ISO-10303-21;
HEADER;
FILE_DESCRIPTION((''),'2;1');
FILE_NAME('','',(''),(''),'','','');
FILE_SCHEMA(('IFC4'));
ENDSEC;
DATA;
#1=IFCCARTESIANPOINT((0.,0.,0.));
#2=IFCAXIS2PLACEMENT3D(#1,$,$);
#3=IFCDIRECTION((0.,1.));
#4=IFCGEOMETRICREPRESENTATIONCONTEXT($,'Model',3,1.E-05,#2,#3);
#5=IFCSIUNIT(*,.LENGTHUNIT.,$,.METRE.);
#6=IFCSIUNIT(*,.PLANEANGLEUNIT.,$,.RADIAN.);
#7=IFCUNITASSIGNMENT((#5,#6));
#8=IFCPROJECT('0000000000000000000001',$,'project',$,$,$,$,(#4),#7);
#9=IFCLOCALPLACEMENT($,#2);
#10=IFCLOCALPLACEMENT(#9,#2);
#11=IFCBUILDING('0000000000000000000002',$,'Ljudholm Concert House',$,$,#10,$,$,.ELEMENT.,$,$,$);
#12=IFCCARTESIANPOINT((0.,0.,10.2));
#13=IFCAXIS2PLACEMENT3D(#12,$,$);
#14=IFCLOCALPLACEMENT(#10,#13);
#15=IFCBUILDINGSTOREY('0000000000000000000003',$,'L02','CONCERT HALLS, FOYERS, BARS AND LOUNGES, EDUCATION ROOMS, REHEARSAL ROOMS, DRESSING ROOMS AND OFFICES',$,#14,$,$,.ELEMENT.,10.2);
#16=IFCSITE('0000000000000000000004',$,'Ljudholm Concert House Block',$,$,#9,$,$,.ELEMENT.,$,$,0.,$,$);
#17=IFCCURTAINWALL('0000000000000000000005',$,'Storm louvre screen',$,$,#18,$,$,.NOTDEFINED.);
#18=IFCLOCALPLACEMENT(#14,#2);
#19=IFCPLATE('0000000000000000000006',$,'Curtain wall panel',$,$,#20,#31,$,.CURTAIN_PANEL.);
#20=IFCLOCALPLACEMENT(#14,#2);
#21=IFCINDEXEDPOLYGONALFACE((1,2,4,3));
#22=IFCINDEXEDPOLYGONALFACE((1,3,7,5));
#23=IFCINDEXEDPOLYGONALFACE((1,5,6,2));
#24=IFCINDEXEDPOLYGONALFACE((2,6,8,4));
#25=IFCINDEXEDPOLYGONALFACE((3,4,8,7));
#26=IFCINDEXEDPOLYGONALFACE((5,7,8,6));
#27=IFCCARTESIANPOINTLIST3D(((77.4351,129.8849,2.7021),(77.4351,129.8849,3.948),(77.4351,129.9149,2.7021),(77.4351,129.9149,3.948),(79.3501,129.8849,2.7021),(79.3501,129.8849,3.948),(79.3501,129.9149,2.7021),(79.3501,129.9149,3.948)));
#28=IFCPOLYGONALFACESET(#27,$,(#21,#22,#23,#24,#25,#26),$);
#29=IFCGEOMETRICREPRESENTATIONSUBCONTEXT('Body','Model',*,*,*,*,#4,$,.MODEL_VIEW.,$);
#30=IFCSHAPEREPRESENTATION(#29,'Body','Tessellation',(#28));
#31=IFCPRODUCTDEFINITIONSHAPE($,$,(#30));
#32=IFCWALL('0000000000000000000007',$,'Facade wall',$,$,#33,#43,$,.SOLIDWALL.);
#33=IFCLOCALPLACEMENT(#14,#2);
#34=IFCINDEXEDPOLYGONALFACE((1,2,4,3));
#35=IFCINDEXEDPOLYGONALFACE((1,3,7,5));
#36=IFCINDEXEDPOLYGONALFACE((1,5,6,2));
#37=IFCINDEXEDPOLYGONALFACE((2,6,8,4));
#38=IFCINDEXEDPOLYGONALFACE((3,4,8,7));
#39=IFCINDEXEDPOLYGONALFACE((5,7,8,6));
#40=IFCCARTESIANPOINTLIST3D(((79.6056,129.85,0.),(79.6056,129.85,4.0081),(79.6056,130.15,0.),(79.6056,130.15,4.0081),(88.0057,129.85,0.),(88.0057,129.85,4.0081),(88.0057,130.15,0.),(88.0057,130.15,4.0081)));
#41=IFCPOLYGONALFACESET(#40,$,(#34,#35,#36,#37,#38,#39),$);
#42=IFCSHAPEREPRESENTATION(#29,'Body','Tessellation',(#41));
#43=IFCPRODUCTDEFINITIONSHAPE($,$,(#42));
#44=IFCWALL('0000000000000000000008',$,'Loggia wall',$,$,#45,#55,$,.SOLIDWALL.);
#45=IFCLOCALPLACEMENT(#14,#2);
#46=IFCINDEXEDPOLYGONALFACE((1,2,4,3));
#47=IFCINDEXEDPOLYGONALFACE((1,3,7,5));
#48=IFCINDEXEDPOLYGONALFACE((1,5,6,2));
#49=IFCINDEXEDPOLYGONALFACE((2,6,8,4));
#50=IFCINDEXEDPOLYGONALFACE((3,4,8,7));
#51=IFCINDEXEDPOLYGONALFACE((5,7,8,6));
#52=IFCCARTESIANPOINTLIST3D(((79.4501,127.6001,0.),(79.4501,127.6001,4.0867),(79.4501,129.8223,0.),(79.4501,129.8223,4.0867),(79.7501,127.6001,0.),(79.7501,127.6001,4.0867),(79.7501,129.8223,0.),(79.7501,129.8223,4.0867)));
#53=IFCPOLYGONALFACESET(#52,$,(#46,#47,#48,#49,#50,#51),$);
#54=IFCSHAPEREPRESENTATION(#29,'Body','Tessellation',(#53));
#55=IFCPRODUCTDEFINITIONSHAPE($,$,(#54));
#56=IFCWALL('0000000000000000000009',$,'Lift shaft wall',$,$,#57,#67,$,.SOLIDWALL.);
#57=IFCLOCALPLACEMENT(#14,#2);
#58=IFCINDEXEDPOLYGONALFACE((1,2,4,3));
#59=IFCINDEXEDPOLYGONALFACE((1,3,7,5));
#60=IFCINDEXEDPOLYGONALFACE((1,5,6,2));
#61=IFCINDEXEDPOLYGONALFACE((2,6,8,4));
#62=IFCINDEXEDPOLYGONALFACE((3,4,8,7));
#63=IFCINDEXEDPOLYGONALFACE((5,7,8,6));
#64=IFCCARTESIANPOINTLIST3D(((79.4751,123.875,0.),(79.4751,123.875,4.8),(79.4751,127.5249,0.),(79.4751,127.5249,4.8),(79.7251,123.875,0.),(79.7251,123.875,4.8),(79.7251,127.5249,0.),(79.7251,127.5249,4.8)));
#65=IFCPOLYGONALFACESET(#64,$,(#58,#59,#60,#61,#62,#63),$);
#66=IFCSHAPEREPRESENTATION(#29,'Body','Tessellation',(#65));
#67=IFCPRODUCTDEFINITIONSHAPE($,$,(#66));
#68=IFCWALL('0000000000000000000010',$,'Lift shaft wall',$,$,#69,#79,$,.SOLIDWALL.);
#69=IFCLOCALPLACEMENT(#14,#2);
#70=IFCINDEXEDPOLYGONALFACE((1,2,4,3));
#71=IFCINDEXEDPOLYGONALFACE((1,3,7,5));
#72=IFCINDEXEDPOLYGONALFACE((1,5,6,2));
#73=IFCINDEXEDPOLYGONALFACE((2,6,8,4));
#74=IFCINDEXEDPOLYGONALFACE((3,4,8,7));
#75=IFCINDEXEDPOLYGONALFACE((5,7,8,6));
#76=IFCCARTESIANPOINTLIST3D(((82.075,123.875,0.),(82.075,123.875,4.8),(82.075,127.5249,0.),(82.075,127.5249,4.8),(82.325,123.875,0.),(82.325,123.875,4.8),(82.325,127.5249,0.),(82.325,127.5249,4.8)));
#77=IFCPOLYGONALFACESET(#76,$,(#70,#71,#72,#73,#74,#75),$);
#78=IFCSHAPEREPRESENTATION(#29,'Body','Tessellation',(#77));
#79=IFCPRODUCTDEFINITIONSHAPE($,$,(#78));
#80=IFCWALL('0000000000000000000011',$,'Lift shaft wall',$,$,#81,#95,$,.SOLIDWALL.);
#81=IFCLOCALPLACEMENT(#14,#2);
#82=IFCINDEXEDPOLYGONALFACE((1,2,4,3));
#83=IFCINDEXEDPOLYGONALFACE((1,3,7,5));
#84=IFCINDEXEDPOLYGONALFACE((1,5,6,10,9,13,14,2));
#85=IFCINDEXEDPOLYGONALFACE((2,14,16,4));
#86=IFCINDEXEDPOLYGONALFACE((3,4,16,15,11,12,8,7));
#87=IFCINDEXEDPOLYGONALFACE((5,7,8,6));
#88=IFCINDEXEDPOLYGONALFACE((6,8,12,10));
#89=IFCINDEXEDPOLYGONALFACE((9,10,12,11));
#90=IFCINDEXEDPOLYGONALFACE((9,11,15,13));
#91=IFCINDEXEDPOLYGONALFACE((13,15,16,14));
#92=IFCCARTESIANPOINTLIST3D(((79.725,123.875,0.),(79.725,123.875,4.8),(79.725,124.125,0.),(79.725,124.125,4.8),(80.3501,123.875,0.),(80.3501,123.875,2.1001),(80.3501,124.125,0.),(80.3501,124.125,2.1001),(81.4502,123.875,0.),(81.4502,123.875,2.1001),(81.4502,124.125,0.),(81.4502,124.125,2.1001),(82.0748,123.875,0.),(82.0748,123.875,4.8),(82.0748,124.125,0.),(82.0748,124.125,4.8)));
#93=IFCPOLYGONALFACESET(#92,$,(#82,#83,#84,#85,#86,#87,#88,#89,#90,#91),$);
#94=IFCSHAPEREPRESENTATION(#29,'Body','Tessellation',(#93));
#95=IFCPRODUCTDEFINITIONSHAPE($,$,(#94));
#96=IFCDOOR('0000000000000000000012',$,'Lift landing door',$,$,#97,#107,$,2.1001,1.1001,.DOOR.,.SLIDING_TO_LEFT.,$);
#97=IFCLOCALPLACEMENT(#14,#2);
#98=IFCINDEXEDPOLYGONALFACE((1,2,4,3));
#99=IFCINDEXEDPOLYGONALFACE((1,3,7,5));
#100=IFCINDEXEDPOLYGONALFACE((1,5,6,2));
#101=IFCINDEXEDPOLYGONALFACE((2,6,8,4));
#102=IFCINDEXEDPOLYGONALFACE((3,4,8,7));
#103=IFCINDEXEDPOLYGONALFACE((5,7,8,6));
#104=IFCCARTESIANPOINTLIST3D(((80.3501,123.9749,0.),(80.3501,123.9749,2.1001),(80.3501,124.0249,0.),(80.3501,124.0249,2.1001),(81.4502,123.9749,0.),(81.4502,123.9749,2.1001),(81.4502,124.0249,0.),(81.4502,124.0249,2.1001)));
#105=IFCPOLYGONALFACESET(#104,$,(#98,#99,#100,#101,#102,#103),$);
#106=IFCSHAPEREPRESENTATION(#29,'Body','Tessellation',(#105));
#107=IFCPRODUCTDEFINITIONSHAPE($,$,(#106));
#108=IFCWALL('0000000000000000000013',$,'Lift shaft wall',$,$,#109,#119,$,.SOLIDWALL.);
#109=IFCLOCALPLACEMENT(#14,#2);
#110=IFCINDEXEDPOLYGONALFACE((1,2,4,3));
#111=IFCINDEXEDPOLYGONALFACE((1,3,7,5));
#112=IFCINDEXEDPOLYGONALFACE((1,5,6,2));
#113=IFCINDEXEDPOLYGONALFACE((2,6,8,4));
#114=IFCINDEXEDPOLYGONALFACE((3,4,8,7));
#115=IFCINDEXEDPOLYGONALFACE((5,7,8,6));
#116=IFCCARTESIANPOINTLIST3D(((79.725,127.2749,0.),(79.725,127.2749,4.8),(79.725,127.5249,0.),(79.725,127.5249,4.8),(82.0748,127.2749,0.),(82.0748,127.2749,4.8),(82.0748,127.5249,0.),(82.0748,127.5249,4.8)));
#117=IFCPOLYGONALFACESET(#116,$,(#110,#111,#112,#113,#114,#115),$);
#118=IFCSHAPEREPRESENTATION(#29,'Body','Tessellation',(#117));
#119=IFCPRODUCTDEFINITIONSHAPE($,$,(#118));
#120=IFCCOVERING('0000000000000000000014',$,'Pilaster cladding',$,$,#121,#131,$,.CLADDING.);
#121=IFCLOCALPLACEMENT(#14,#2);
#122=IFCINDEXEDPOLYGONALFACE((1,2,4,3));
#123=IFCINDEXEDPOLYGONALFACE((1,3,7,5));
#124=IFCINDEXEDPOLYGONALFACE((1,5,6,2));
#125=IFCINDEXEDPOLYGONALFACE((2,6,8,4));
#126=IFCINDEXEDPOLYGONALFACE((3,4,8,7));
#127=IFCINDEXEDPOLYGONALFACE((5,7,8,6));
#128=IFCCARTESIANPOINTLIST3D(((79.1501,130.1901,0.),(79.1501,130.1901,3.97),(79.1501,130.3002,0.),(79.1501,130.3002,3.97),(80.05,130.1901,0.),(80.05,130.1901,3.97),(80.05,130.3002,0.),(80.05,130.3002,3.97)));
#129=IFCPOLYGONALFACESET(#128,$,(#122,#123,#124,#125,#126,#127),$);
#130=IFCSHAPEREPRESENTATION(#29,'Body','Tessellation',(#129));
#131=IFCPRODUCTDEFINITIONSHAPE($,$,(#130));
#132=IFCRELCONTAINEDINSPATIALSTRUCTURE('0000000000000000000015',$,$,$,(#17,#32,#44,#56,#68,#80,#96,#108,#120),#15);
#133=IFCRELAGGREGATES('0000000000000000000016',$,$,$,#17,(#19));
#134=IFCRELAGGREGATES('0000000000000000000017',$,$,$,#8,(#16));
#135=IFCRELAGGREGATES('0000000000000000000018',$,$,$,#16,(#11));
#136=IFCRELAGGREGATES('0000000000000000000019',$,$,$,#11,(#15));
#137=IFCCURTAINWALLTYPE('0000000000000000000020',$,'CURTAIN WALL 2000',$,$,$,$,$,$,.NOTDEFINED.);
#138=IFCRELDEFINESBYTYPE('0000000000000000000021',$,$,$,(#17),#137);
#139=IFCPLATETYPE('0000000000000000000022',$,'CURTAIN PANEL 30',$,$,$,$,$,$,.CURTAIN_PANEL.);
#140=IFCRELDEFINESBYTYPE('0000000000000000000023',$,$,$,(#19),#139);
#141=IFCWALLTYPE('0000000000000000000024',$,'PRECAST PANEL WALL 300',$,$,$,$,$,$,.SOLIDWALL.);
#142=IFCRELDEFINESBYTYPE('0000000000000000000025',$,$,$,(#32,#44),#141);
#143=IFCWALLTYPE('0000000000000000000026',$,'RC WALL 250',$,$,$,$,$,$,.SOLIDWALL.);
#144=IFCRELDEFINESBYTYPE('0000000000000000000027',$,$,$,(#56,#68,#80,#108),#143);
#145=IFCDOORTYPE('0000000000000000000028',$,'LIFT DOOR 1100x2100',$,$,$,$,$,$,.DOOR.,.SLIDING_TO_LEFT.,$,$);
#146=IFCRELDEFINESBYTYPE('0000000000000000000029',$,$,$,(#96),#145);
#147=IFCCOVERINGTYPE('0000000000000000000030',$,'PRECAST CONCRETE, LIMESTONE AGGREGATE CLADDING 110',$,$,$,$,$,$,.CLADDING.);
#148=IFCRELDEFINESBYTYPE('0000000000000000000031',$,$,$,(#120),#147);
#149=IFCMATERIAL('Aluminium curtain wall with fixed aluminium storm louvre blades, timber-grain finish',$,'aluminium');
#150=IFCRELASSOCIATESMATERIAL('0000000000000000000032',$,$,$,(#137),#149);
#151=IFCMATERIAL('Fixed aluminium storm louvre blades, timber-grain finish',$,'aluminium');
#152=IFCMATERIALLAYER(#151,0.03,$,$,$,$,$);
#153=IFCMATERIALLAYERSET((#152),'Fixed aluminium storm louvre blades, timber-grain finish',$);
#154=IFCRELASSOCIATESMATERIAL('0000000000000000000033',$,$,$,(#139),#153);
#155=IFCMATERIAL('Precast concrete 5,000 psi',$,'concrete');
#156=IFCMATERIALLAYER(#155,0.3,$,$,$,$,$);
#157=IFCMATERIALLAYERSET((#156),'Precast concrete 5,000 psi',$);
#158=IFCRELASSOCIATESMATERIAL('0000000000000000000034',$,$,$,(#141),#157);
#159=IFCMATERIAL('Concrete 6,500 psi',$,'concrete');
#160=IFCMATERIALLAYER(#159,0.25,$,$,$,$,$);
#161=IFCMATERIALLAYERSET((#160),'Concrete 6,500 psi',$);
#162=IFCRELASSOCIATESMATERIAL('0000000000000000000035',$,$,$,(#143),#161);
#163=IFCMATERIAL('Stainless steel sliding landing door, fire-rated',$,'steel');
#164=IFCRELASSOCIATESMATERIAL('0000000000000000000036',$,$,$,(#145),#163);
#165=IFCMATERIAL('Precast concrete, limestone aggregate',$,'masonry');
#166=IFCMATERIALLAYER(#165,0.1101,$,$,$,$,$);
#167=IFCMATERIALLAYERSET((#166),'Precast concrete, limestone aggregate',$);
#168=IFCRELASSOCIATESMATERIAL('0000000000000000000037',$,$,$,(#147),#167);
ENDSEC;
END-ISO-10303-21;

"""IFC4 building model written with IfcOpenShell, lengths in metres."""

from ifc_helpers import new_model, si_unit, direction, frame, frame_2d, origin, origin_2d, place, context, subcontext, project, spatial, rectangle, extrude, material, layer, layer_set, type_object, element, fill, aggregate, save


model = new_model("IFC4")

# Units and contexts
model_context = context("Model", 3, precision=1e-05, world=origin(), true_north=direction((0.0, 1.0)))
body_context = subcontext(model_context, "Body", "Model", "MODEL_VIEW")
ifc_project = project(units=[si_unit("LENGTHUNIT", "METRE"), si_unit("PLANEANGLEUNIT", "RADIAN")], contexts=[model_context])

# Site, building, storey
site_placement = place(None, origin())
site = spatial("IfcSite", under=ifc_project, at=site_placement, Name="Ljudholm Concert House Block", CompositionType="ELEMENT", RefElevation=0.0)
building_placement = place(site_placement, origin())
building = spatial("IfcBuilding", under=site, at=building_placement, Name="Ljudholm Concert House", CompositionType="ELEMENT")
storey_placement = place(building_placement, frame((0.0, 0.0, 10.2)))
storey = spatial("IfcBuildingStorey", under=building, at=storey_placement, Name="L02", Description="CONCERT HALLS, FOYERS, BARS AND LOUNGES, EDUCATION ROOMS, REHEARSAL ROOMS, DRESSING ROOMS AND OFFICES", CompositionType="ELEMENT", Elevation=10.2)

# Curtain wall
ifc_material_1 = material(Name="Aluminium curtain wall with fixed aluminium storm louvre blades, timber-grain finish", Category="aluminium")
curtain_wall_type = type_object("IfcCurtainWallType", Name="CURTAIN WALL 2000", PredefinedType="NOTDEFINED", material=ifc_material_1)
curtain_wall_placement = place(storey_placement, origin())
curtain_wall = element("IfcCurtainWall", 1, at=curtain_wall_placement, inside=storey, type_object=curtain_wall_type, Name="Storm louvre screen", PredefinedType="NOTDEFINED")

# Plate
ifc_material_2 = material(Name="Fixed aluminium storm louvre blades, timber-grain finish", Category="aluminium")
ifc_layer_1 = layer(ifc_material_2, 0.03)
ifc_layer_set_1 = layer_set([ifc_layer_1], Name="Fixed aluminium storm louvre blades, timber-grain finish")
plate_type = type_object("IfcPlateType", Name="CURTAIN PANEL 30", PredefinedType="CURTAIN_PANEL", material=ifc_layer_set_1)
plate_1_placement = place(storey_placement, frame((78.3926, 129.8999, 2.7021), z_axis=(0.0, 0.0, 1.0), x_axis=(1.0, 0.0, 0.0)))
plate_1 = element("IfcPlate", 2, at=plate_1_placement, type_object=plate_type, Name="Curtain wall panel", PredefinedType="CURTAIN_PANEL", context=body_context, shape_type="SweptSolid", body=[
    extrude(rectangle(XDim=1.915, YDim=0.03, at=origin_2d()), origin(), (0.0, 0.0, 1.0), 1.2458),
])
aggregate(curtain_wall, [plate_1])

# Walls
ifc_material_3 = material(Name="Precast concrete 5,000 psi", Category="concrete")
ifc_layer_2 = layer(ifc_material_3, 0.3)
ifc_layer_set_2 = layer_set([ifc_layer_2], Name="Precast concrete 5,000 psi")
wall_type_1 = type_object("IfcWallType", Name="PRECAST PANEL WALL 300", PredefinedType="SOLIDWALL", material=ifc_layer_set_2)
wall_1_placement = place(storey_placement, frame((79.6055, 130.0, 0.0), z_axis=(0.0, 0.0, 1.0), x_axis=(1.0, 0.0, 0.0)))
element("IfcWall", 3, at=wall_1_placement, inside=storey, type_object=wall_type_1, Name="Facade wall", PredefinedType="SOLIDWALL", context=body_context, shape_type="SweptSolid", body=[
    extrude(rectangle(XDim=8.4001, YDim=0.3, at=frame_2d((4.2002, 0.0))), origin(), (0.0, 0.0, 1.0), 4.0081),
])
wall_2_placement = place(storey_placement, frame((79.6001, 127.6001, 0.0), z_axis=(0.0, 0.0, 1.0), x_axis=(0.0, 1.0, 0.0)))
element("IfcWall", 4, at=wall_2_placement, inside=storey, type_object=wall_type_1, Name="Loggia wall", PredefinedType="SOLIDWALL", context=body_context, shape_type="SweptSolid", body=[
    extrude(rectangle(XDim=2.2222, YDim=0.3, at=frame_2d((1.1111, 0.0))), origin(), (0.0, 0.0, 1.0), 4.0867),
])
ifc_material_4 = material(Name="Concrete 6,500 psi", Category="concrete")
ifc_layer_3 = layer(ifc_material_4, 0.25)
ifc_layer_set_3 = layer_set([ifc_layer_3], Name="Concrete 6,500 psi")
wall_type_2 = type_object("IfcWallType", Name="RC WALL 250", PredefinedType="SOLIDWALL", material=ifc_layer_set_3)
for number, where, z_axis, x_axis, name in (
    (5, (79.6001, 123.875, 0.0), (0.0, 0.0, 1.0), (0.0, 1.0, 0.0), "Lift shaft wall"),
    (6, (82.2, 123.875, 0.0), (0.0, 0.0, 1.0), (0.0, 1.0, 0.0), "Lift shaft wall"),
):
    element("IfcWall", number, at=place(storey_placement, frame(where, z_axis=z_axis, x_axis=x_axis)), inside=storey, type_object=wall_type_2, Name=name, PredefinedType="SOLIDWALL", context=body_context, shape_type="SweptSolid", body=[
        extrude(rectangle(XDim=3.6499, YDim=0.25, at=frame_2d((1.825, 0.0))), origin(), (0.0, 0.0, 1.0), 4.8),
    ])

# Wall, opening, door
wall_3_placement = place(storey_placement, frame((79.7251, 124.0, 0.0), z_axis=(0.0, 0.0, 1.0), x_axis=(1.0, 0.0, 0.0)))
wall_3 = element("IfcWall", 7, at=wall_3_placement, inside=storey, type_object=wall_type_2, Name="Lift shaft wall", PredefinedType="SOLIDWALL", context=body_context, shape_type="SweptSolid", body=[
    extrude(rectangle(XDim=2.3499, YDim=0.25, at=frame_2d((1.1748, 0.0))), origin(), (0.0, 0.0, 1.0), 4.8),
])
opening_placement = place(wall_3_placement, frame((0.625, 0.0, 0.0)))
opening = element("IfcOpeningElement", 8, at=opening_placement, cuts=wall_3, PredefinedType="OPENING", context=body_context, shape_type="SweptSolid", body=[
    extrude(rectangle(XDim=1.1001, YDim=2.1001, at=frame_2d((0.55, 1.05))), frame((0.0, 0.135, 0.0), z_axis=(0.0, -1.0, 0.0), x_axis=(1.0, 0.0, 0.0)), (0.0, 0.0, 1.0), 0.27),
])
ifc_material_5 = material(Name="Stainless steel sliding landing door, fire-rated", Category="steel")
door_type = type_object("IfcDoorType", Name="LIFT DOOR 1100x2100", OperationType="SLIDING_TO_LEFT", PredefinedType="DOOR", material=ifc_material_5)
door_placement = place(opening_placement, origin())
door = element("IfcDoor", 9, at=door_placement, inside=storey, type_object=door_type, Name="Lift landing door", OperationType="SLIDING_TO_LEFT", OverallHeight=2.1001, OverallWidth=1.1001, PredefinedType="DOOR", context=body_context, shape_type="SweptSolid", body=[
    extrude(rectangle(XDim=1.1001, YDim=2.1001, at=frame_2d((0.55, 1.05))), frame((0.0, 0.0249, 0.0), z_axis=(0.0, -1.0, 0.0), x_axis=(1.0, 0.0, 0.0)), (0.0, 0.0, 1.0), 0.05),
])
fill(opening, door)

# Wall
wall_4_placement = place(storey_placement, frame((79.7251, 127.3999, 0.0), z_axis=(0.0, 0.0, 1.0), x_axis=(1.0, 0.0, 0.0)))
element("IfcWall", 10, at=wall_4_placement, inside=storey, type_object=wall_type_2, Name="Lift shaft wall", PredefinedType="SOLIDWALL", context=body_context, shape_type="SweptSolid", body=[
    extrude(rectangle(XDim=2.3499, YDim=0.25, at=frame_2d((1.1748, 0.0))), origin(), (0.0, 0.0, 1.0), 4.8),
])

# Covering
ifc_material_6 = material(Name="Precast concrete, limestone aggregate", Category="masonry")
ifc_layer_4 = layer(ifc_material_6, 0.1101)
ifc_layer_set_4 = layer_set([ifc_layer_4], Name="Precast concrete, limestone aggregate")
covering_type = type_object("IfcCoveringType", Name="PRECAST CONCRETE, LIMESTONE AGGREGATE CLADDING 110", PredefinedType="CLADDING", material=ifc_layer_set_4)
covering_placement = place(storey_placement, frame((79.6001, 130.2451, 0.0), z_axis=(0.0, 0.0, 1.0), x_axis=(0.0, 1.0, 0.0)))
element("IfcCovering", 11, at=covering_placement, inside=storey, type_object=covering_type, Name="Pilaster cladding", PredefinedType="CLADDING", context=body_context, shape_type="SweptSolid", body=[
    extrude(rectangle(XDim=0.1101, YDim=0.8999, at=origin_2d()), origin(), (0.0, 0.0, 1.0), 3.97),
])

save(model, "model.ifc")
